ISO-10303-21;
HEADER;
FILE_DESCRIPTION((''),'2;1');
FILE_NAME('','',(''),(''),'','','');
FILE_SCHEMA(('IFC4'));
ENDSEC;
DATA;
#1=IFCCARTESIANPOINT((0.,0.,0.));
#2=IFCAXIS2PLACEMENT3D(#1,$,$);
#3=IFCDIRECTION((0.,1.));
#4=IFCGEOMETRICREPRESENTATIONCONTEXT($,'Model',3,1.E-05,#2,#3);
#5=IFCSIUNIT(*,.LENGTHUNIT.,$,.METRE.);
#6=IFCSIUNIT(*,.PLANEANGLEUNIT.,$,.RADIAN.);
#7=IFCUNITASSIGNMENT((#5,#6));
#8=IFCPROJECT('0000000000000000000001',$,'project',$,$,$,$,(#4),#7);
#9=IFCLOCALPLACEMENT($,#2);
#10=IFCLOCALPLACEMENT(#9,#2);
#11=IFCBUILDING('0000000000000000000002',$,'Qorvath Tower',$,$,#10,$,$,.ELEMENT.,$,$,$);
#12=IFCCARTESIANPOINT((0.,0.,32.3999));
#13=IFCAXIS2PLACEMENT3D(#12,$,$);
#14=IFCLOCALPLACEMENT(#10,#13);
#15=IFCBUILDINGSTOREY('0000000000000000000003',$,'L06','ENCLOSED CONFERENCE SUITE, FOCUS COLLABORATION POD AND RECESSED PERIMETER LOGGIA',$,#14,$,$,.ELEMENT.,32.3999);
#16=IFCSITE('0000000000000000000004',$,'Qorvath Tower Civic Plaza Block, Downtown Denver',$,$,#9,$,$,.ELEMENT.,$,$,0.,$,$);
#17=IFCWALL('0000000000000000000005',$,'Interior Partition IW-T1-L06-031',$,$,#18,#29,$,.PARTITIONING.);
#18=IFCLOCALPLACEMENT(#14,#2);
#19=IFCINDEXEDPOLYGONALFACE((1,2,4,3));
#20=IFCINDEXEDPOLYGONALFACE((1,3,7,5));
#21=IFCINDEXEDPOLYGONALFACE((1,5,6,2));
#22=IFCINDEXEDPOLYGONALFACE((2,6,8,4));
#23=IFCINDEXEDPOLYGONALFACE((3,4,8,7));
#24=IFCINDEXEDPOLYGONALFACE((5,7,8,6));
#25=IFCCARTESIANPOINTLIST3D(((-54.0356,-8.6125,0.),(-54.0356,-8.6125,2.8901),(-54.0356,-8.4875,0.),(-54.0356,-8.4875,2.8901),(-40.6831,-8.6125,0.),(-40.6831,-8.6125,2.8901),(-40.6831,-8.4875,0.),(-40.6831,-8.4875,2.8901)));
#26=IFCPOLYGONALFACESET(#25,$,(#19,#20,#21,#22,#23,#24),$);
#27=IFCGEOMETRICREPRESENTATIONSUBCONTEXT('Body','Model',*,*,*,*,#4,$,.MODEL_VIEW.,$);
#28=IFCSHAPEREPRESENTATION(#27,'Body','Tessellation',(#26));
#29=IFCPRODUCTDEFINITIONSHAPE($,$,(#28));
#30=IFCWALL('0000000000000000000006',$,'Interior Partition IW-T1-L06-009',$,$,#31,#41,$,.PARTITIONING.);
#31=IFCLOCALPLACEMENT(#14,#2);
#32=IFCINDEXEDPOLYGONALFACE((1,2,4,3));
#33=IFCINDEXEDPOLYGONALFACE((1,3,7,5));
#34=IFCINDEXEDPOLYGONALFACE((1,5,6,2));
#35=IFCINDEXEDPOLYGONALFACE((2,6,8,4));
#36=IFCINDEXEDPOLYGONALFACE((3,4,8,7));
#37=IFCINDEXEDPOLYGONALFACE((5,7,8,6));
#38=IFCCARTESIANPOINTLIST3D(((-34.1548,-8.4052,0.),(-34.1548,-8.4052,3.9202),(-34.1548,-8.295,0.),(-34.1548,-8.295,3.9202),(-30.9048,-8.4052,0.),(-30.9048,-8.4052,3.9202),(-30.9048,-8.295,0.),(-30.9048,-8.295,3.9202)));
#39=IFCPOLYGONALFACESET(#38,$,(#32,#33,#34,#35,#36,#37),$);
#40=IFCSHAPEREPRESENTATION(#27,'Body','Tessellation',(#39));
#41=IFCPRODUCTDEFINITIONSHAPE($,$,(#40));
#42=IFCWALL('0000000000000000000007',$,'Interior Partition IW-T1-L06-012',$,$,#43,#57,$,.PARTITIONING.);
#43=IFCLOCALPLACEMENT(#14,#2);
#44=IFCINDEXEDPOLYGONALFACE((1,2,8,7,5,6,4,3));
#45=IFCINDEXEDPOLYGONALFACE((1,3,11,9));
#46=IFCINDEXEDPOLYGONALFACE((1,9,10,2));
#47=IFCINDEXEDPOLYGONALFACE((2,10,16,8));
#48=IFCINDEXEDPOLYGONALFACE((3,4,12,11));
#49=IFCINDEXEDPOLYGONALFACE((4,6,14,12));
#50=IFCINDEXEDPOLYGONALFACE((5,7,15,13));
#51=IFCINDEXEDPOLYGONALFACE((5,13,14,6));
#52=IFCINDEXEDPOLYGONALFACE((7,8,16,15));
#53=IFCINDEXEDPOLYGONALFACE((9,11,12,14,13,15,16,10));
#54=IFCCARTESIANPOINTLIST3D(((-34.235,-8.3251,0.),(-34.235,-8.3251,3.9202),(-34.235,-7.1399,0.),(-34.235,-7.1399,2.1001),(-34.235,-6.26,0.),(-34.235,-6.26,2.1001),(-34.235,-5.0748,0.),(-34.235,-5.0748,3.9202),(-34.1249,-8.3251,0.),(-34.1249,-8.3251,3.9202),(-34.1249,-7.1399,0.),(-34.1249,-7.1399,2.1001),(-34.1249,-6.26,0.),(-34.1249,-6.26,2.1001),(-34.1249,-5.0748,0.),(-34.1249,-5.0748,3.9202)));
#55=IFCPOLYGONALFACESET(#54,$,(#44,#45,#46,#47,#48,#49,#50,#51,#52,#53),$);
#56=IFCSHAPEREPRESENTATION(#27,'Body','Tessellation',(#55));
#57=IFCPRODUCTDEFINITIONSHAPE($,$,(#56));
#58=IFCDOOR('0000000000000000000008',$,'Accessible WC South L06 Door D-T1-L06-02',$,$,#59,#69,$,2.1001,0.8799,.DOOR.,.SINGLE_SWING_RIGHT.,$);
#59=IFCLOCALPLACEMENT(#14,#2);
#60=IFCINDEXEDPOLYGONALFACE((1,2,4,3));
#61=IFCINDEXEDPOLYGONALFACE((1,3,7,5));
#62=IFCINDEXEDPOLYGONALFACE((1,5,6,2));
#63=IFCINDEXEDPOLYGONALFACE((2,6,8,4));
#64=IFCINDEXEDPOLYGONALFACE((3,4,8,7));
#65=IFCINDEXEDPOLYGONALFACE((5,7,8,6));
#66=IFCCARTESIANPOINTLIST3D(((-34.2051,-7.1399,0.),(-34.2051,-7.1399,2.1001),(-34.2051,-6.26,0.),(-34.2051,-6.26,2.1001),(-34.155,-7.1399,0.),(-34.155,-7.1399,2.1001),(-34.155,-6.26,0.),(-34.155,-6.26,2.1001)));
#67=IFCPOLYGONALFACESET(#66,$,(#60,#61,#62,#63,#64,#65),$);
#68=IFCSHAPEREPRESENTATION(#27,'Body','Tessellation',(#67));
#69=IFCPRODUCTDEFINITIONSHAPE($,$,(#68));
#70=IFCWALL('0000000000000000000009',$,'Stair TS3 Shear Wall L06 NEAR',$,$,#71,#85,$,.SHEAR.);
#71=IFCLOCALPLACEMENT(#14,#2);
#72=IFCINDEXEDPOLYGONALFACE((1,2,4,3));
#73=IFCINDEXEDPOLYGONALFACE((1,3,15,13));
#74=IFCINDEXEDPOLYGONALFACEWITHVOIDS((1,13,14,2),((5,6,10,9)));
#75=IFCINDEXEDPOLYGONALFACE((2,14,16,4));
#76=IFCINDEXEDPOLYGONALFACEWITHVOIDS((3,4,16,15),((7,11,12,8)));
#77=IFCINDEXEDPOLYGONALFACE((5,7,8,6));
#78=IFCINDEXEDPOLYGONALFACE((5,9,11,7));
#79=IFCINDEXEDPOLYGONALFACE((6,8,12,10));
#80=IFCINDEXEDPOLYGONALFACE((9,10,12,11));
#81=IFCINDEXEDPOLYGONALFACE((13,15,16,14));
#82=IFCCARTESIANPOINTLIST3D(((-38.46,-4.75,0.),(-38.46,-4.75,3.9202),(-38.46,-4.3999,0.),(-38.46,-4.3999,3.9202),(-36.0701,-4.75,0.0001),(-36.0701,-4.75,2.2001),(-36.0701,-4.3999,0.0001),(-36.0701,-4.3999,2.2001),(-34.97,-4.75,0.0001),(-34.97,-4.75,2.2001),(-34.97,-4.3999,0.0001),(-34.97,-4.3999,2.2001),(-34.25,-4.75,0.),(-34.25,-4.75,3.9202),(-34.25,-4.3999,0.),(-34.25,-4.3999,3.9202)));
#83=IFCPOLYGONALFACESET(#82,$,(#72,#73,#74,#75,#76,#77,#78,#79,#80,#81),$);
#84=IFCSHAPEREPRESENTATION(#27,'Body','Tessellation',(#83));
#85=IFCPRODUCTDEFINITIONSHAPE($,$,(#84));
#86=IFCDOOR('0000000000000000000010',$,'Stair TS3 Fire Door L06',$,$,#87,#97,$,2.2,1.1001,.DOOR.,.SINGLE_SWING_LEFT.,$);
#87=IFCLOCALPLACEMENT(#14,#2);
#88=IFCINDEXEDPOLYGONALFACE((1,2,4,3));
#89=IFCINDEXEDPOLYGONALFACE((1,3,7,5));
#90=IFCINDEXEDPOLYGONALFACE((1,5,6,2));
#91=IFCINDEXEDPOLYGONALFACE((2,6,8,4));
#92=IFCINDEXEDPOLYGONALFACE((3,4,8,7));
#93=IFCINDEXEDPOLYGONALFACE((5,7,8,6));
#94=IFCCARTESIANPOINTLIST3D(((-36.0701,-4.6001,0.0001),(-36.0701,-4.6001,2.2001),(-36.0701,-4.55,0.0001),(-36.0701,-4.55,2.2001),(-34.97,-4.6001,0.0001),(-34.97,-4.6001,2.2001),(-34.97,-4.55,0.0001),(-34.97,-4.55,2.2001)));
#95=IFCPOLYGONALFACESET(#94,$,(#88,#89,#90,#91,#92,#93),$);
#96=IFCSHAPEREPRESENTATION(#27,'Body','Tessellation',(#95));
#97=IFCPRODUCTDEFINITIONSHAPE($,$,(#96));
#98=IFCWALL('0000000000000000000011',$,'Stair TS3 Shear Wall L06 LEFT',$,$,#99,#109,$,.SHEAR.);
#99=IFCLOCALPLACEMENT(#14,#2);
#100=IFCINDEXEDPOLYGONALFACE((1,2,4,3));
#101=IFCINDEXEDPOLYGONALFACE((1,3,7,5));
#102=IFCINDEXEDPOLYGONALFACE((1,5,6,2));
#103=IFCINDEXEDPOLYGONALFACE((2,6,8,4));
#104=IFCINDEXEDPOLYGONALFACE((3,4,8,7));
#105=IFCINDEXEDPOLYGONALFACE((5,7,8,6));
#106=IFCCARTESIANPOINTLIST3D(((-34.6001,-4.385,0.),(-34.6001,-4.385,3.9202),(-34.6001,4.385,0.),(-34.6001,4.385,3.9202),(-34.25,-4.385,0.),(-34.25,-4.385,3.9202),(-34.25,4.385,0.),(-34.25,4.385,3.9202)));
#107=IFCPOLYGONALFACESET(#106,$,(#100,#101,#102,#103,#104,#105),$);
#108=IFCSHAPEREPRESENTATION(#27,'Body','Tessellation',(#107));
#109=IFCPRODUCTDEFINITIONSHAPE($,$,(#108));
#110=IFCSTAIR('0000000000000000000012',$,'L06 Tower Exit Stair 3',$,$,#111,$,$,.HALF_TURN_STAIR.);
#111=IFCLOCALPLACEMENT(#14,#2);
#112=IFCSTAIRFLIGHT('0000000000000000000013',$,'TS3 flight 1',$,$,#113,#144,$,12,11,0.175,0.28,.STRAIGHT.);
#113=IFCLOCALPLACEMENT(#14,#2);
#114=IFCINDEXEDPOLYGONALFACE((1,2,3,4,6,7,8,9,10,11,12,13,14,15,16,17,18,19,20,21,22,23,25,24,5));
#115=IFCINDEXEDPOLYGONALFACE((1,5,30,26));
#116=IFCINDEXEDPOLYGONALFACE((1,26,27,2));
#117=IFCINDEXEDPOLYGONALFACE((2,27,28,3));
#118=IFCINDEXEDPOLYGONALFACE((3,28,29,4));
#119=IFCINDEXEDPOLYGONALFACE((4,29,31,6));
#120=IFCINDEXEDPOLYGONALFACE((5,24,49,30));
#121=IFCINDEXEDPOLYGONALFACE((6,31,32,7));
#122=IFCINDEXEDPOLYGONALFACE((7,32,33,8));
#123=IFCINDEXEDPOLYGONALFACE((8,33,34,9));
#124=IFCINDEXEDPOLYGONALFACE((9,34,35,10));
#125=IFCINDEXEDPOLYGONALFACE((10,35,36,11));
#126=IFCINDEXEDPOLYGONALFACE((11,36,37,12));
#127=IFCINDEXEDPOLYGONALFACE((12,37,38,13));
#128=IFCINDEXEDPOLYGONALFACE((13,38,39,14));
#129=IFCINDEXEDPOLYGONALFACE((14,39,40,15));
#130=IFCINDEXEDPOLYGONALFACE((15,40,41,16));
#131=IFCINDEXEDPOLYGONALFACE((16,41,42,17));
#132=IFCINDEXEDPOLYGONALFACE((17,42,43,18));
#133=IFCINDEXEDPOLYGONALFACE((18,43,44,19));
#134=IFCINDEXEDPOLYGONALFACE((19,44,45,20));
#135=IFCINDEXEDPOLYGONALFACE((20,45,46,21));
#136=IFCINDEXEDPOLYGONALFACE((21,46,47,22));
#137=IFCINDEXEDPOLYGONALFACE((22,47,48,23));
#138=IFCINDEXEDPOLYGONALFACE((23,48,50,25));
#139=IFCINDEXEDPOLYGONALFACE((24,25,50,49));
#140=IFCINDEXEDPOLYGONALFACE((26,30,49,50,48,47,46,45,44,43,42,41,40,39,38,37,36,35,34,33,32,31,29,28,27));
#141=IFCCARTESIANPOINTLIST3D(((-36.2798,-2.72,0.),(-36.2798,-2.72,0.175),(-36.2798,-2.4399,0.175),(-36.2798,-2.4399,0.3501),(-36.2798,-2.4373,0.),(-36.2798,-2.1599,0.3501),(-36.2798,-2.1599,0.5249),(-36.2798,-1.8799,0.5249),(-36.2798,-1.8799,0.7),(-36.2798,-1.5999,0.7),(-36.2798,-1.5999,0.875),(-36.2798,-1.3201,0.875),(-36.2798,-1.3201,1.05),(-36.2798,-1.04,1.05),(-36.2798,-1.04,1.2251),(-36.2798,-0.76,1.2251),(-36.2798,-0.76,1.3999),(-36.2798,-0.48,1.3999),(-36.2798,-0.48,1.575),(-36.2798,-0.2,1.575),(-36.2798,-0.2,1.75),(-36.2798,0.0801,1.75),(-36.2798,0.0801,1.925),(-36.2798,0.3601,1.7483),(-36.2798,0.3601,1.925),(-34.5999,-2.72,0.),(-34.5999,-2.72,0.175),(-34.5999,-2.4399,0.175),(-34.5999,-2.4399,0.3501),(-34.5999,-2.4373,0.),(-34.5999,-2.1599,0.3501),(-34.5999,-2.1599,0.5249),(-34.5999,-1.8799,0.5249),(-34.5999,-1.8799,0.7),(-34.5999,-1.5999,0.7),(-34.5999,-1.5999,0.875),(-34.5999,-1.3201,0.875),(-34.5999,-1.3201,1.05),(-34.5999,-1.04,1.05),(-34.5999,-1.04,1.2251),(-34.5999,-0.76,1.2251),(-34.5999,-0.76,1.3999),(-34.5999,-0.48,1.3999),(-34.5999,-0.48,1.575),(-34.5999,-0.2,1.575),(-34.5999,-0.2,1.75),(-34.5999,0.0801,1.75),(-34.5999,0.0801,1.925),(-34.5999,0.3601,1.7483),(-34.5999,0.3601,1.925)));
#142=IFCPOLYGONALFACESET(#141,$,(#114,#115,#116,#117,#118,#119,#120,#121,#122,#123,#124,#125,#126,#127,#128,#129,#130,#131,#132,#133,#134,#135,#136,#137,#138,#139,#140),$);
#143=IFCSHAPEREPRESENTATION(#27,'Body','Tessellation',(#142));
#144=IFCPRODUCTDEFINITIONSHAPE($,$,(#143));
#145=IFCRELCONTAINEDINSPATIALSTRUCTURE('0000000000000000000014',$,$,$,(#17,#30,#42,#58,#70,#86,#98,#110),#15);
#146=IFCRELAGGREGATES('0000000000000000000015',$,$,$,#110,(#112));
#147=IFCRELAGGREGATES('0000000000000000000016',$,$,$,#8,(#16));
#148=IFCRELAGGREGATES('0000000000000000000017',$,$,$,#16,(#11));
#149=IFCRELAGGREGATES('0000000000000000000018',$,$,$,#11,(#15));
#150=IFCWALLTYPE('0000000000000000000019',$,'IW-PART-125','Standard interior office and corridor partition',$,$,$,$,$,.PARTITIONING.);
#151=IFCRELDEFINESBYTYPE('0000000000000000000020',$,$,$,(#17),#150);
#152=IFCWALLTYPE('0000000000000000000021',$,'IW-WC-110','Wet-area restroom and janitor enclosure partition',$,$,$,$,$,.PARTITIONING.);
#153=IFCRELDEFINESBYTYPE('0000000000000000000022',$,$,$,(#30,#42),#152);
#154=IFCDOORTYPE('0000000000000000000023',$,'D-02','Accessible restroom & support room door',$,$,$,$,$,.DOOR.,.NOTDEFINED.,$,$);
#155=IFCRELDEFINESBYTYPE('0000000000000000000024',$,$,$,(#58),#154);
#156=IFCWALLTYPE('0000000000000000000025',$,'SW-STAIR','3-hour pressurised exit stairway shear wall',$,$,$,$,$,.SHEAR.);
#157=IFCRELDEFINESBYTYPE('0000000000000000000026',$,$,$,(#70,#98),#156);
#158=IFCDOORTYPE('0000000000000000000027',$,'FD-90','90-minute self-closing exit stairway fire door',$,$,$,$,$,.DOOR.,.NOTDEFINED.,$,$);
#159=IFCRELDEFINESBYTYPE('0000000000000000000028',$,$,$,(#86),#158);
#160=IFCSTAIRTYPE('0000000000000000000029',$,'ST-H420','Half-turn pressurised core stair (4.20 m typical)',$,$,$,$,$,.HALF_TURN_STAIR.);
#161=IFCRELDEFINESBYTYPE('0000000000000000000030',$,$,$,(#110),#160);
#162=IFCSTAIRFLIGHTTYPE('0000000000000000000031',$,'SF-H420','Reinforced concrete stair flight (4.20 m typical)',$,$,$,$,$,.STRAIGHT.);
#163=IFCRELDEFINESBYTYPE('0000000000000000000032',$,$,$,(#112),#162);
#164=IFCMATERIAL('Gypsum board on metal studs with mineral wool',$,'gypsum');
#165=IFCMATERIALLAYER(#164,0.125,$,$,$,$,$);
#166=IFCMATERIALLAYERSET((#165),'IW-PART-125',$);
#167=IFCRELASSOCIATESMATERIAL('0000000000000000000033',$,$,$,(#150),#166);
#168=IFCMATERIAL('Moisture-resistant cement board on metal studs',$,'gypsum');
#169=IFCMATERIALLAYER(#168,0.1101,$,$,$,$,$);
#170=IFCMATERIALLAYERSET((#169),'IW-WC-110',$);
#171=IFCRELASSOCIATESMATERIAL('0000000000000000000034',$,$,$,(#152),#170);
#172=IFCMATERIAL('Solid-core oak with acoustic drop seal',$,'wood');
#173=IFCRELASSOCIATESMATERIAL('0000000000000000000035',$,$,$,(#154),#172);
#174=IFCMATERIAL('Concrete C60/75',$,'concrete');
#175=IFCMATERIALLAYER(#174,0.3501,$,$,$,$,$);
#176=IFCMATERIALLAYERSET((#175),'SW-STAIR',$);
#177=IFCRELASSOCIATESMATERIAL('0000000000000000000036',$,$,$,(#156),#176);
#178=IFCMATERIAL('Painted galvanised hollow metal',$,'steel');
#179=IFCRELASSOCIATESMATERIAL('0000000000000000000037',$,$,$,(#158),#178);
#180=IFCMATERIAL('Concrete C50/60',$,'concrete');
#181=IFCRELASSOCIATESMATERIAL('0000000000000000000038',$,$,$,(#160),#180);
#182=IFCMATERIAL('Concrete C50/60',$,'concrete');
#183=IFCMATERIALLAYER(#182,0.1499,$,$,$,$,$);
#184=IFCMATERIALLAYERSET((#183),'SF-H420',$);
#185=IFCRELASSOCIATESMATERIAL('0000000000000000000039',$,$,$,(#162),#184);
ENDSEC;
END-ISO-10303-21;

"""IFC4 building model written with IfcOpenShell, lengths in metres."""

from ifc_helpers import new_model, si_unit, direction, frame, frame_2d, origin, place, context, subcontext, project, spatial, polyline, rectangle, outline, extrude, material, layer, layer_set, type_object, element, fill, aggregate, save


model = new_model("IFC4")

# Units and contexts
model_context = context("Model", 3, precision=1e-05, world=origin(), true_north=direction((0.0, 1.0)))
body_context = subcontext(model_context, "Body", "Model", "MODEL_VIEW")
ifc_project = project(units=[si_unit("LENGTHUNIT", "METRE"), si_unit("PLANEANGLEUNIT", "RADIAN")], contexts=[model_context])

# Site, building, storey
site_placement = place(None, origin())
site = spatial("IfcSite", under=ifc_project, at=site_placement, Name="Qorvath Tower Civic Plaza Block, Downtown Denver", CompositionType="ELEMENT", RefElevation=0.0)
building_placement = place(site_placement, origin())
building = spatial("IfcBuilding", under=site, at=building_placement, Name="Qorvath Tower", CompositionType="ELEMENT")
storey_placement = place(building_placement, frame((0.0, 0.0, 32.3999)))
storey = spatial("IfcBuildingStorey", under=building, at=storey_placement, Name="L06", Description="ENCLOSED CONFERENCE SUITE, FOCUS COLLABORATION POD AND RECESSED PERIMETER LOGGIA", CompositionType="ELEMENT", Elevation=32.3999)

# Walls
ifc_material_1 = material(Name="Gypsum board on metal studs with mineral wool", Category="gypsum")
ifc_layer_1 = layer(ifc_material_1, 0.125)
ifc_layer_set_1 = layer_set([ifc_layer_1], Name="IW-PART-125")
wall_type_1 = type_object("IfcWallType", Name="IW-PART-125", Description="Standard interior office and corridor partition", PredefinedType="PARTITIONING", material=ifc_layer_set_1)
wall_1_placement = place(storey_placement, frame((-40.6831, -8.55, 0.0), z_axis=(0.0, 0.0, 1.0), x_axis=(-1.0, 0.0, 0.0)))
element("IfcWall", 1, at=wall_1_placement, inside=storey, type_object=wall_type_1, Name="Interior Partition IW-T1-L06-031", PredefinedType="PARTITIONING", context=body_context, shape_type="SweptSolid", body=[
    extrude(rectangle(XDim=13.3525, YDim=0.125, at=frame_2d((6.6763, 0.0))), origin(), (0.0, 0.0, 1.0), 2.8901),
])
ifc_material_2 = material(Name="Moisture-resistant cement board on metal studs", Category="gypsum")
ifc_layer_2 = layer(ifc_material_2, 0.1101)
ifc_layer_set_2 = layer_set([ifc_layer_2], Name="IW-WC-110")
wall_type_2 = type_object("IfcWallType", Name="IW-WC-110", Description="Wet-area restroom and janitor enclosure partition", PredefinedType="PARTITIONING", material=ifc_layer_set_2)
wall_2_placement = place(storey_placement, frame((-34.1548, -8.3501, 0.0), z_axis=(0.0, 0.0, 1.0), x_axis=(1.0, 0.0, 0.0)))
element("IfcWall", 2, at=wall_2_placement, inside=storey, type_object=wall_type_2, Name="Interior Partition IW-T1-L06-009", PredefinedType="PARTITIONING", context=body_context, shape_type="SweptSolid", body=[
    extrude(rectangle(XDim=3.25, YDim=0.1101, at=frame_2d((1.625, 0.0))), origin(), (0.0, 0.0, 1.0), 3.9202),
])

# Walls, openings, doors
wall_3_placement = place(storey_placement, frame((-34.1799, -5.075, 0.0), z_axis=(0.0, 0.0, 1.0), x_axis=(0.0, -1.0, 0.0)))
wall_3 = element("IfcWall", 3, at=wall_3_placement, inside=storey, type_object=wall_type_2, Name="Interior Partition IW-T1-L06-012", PredefinedType="PARTITIONING", context=body_context, shape_type="SweptSolid", body=[
    extrude(rectangle(XDim=3.2502, YDim=0.1101, at=frame_2d((1.625, 0.0))), origin(), (0.0, 0.0, 1.0), 3.9202),
])
opening_1_placement = place(wall_3_placement, frame((1.1851, 0.0, 0.0)))
opening_1 = element("IfcOpeningElement", 4, at=opening_1_placement, cuts=wall_3, PredefinedType="OPENING", context=body_context, shape_type="SweptSolid", body=[
    extrude(rectangle(XDim=0.8799, YDim=2.1001, at=frame_2d((0.4399, 1.05))), frame((0.0, 0.0649, 0.0), z_axis=(0.0, -1.0, 0.0), x_axis=(1.0, 0.0, 0.0)), (0.0, 0.0, 1.0), 0.1301),
])
ifc_material_3 = material(Name="Solid-core oak with acoustic drop seal", Category="wood")
door_type_1 = type_object("IfcDoorType", Name="D-02", Description="Accessible restroom & support room door", OperationType="NOTDEFINED", PredefinedType="DOOR", material=ifc_material_3)
door_1_placement = place(opening_1_placement, origin())
door_1 = element("IfcDoor", 5, at=door_1_placement, inside=storey, type_object=door_type_1, Name="Accessible WC South L06 Door D-T1-L06-02", OperationType="SINGLE_SWING_RIGHT", OverallHeight=2.1001, OverallWidth=0.8799, PredefinedType="DOOR", context=body_context, shape_type="SweptSolid", body=[
    extrude(rectangle(XDim=0.8799, YDim=2.1001, at=frame_2d((0.4399, 1.05))), frame((0.0, 0.0249, 0.0), z_axis=(0.0, -1.0, 0.0), x_axis=(1.0, 0.0, 0.0)), (0.0, 0.0, 1.0), 0.05),
])
fill(opening_1, door_1)
ifc_material_4 = material(Name="Concrete C60/75", Category="concrete")
ifc_layer_3 = layer(ifc_material_4, 0.3501)
ifc_layer_set_3 = layer_set([ifc_layer_3], Name="SW-STAIR")
wall_type_3 = type_object("IfcWallType", Name="SW-STAIR", Description="3-hour pressurised exit stairway shear wall", PredefinedType="SHEAR", material=ifc_layer_set_3)
wall_4_placement = place(storey_placement, frame((-38.46, -4.575, 0.0), z_axis=(0.0, 0.0, 1.0), x_axis=(1.0, 0.0, 0.0)))
wall_4 = element("IfcWall", 6, at=wall_4_placement, inside=storey, type_object=wall_type_3, Name="Stair TS3 Shear Wall L06 NEAR", PredefinedType="SHEAR", context=body_context, shape_type="SweptSolid", body=[
    extrude(rectangle(XDim=4.21, YDim=0.3501, at=frame_2d((2.105, 0.0))), origin(), (0.0, 0.0, 1.0), 3.9202),
])
opening_2_placement = place(wall_4_placement, frame((2.3899, 0.0, 0.0)))
opening_2 = element("IfcOpeningElement", 7, at=opening_2_placement, cuts=wall_4, PredefinedType="OPENING", context=body_context, shape_type="SweptSolid", body=[
    extrude(rectangle(XDim=1.1001, YDim=2.2, at=frame_2d((0.55, 1.1001))), frame((0.0, 0.1851, 0.0), z_axis=(0.0, -1.0, 0.0), x_axis=(1.0, 0.0, 0.0)), (0.0, 0.0, 1.0), 0.3701),
])
ifc_material_5 = material(Name="Painted galvanised hollow metal", Category="steel")
door_type_2 = type_object("IfcDoorType", Name="FD-90", Description="90-minute self-closing exit stairway fire door", OperationType="NOTDEFINED", PredefinedType="DOOR", material=ifc_material_5)
door_2_placement = place(opening_2_placement, origin())
door_2 = element("IfcDoor", 8, at=door_2_placement, inside=storey, type_object=door_type_2, Name="Stair TS3 Fire Door L06", OperationType="SINGLE_SWING_LEFT", OverallHeight=2.2, OverallWidth=1.1001, PredefinedType="DOOR", context=body_context, shape_type="SweptSolid", body=[
    extrude(rectangle(XDim=1.1001, YDim=2.2, at=frame_2d((0.55, 1.1001))), frame((0.0, 0.0249, 0.0), z_axis=(0.0, -1.0, 0.0), x_axis=(1.0, 0.0, 0.0)), (0.0, 0.0, 1.0), 0.05),
])
fill(opening_2, door_2)

# Wall
wall_5_placement = place(storey_placement, frame((-34.425, -4.385, 0.0), z_axis=(0.0, 0.0, 1.0), x_axis=(0.0, 1.0, 0.0)))
element("IfcWall", 9, at=wall_5_placement, inside=storey, type_object=wall_type_3, Name="Stair TS3 Shear Wall L06 LEFT", PredefinedType="SHEAR", context=body_context, shape_type="SweptSolid", body=[
    extrude(rectangle(XDim=8.77, YDim=0.3501, at=frame_2d((4.385, 0.0))), origin(), (0.0, 0.0, 1.0), 3.9202),
])

# Stair, stair flight
ifc_material_6 = material(Name="Concrete C50/60", Category="concrete")
stair_type = type_object("IfcStairType", Name="ST-H420", Description="Half-turn pressurised core stair (4.20 m typical)", PredefinedType="HALF_TURN_STAIR", material=ifc_material_6)
stair_placement = place(storey_placement, origin())
stair = element("IfcStair", 10, at=stair_placement, inside=storey, type_object=stair_type, Name="L06 Tower Exit Stair 3", PredefinedType="HALF_TURN_STAIR")
ifc_material_7 = material(Name="Concrete C50/60", Category="concrete")
ifc_layer_4 = layer(ifc_material_7, 0.1499)
ifc_layer_set_4 = layer_set([ifc_layer_4], Name="SF-H420")
stair_flight_type = type_object("IfcStairFlightType", Name="SF-H420", Description="Reinforced concrete stair flight (4.20 m typical)", PredefinedType="STRAIGHT", material=ifc_layer_set_4)
stair_flight_placement = place(storey_placement, frame((-35.4399, -2.72, 0.0), z_axis=(0.0, 0.0, 1.0), x_axis=(0.0, 1.0, 0.0)))
stair_flight = element("IfcStairFlight", 11, at=stair_flight_placement, type_object=stair_flight_type, Name="TS3 flight 1", NumberOfRisers=12, NumberOfTreads=11, PredefinedType="STRAIGHT", RiserHeight=0.175, TreadLength=0.28, context=body_context, shape_type="SweptSolid", body=[
    extrude(outline(polyline([(0.0, 0.0), (0.0, 0.175), (0.28, 0.175), (0.28, 0.3501), (0.5601, 0.3501), (0.5601, 0.5249), (0.8401, 0.5249), (0.8401, 0.7), (1.1201, 0.7), (1.1201, 0.875), (1.3999, 0.875), (1.3999, 1.05), (1.6799, 1.05), (1.6799, 1.2251), (1.96, 1.2251), (1.96, 1.3999), (2.24, 1.3999), (2.24, 1.575), (2.52, 1.575), (2.52, 1.75), (2.8, 1.75), (2.8, 1.925), (3.0801, 1.925), (3.0801, 2.1001), (3.0801, 1.7483), (0.2827, 0.0), (0.0, 0.0)])), frame((0.0, 0.8398, 0.0), z_axis=(0.0, -1.0, 0.0), x_axis=(1.0, 0.0, 0.0)), (0.0, 0.0, 1.0), 1.6799),
])
aggregate(stair, [stair_flight])

save(model, "model.ifc")
